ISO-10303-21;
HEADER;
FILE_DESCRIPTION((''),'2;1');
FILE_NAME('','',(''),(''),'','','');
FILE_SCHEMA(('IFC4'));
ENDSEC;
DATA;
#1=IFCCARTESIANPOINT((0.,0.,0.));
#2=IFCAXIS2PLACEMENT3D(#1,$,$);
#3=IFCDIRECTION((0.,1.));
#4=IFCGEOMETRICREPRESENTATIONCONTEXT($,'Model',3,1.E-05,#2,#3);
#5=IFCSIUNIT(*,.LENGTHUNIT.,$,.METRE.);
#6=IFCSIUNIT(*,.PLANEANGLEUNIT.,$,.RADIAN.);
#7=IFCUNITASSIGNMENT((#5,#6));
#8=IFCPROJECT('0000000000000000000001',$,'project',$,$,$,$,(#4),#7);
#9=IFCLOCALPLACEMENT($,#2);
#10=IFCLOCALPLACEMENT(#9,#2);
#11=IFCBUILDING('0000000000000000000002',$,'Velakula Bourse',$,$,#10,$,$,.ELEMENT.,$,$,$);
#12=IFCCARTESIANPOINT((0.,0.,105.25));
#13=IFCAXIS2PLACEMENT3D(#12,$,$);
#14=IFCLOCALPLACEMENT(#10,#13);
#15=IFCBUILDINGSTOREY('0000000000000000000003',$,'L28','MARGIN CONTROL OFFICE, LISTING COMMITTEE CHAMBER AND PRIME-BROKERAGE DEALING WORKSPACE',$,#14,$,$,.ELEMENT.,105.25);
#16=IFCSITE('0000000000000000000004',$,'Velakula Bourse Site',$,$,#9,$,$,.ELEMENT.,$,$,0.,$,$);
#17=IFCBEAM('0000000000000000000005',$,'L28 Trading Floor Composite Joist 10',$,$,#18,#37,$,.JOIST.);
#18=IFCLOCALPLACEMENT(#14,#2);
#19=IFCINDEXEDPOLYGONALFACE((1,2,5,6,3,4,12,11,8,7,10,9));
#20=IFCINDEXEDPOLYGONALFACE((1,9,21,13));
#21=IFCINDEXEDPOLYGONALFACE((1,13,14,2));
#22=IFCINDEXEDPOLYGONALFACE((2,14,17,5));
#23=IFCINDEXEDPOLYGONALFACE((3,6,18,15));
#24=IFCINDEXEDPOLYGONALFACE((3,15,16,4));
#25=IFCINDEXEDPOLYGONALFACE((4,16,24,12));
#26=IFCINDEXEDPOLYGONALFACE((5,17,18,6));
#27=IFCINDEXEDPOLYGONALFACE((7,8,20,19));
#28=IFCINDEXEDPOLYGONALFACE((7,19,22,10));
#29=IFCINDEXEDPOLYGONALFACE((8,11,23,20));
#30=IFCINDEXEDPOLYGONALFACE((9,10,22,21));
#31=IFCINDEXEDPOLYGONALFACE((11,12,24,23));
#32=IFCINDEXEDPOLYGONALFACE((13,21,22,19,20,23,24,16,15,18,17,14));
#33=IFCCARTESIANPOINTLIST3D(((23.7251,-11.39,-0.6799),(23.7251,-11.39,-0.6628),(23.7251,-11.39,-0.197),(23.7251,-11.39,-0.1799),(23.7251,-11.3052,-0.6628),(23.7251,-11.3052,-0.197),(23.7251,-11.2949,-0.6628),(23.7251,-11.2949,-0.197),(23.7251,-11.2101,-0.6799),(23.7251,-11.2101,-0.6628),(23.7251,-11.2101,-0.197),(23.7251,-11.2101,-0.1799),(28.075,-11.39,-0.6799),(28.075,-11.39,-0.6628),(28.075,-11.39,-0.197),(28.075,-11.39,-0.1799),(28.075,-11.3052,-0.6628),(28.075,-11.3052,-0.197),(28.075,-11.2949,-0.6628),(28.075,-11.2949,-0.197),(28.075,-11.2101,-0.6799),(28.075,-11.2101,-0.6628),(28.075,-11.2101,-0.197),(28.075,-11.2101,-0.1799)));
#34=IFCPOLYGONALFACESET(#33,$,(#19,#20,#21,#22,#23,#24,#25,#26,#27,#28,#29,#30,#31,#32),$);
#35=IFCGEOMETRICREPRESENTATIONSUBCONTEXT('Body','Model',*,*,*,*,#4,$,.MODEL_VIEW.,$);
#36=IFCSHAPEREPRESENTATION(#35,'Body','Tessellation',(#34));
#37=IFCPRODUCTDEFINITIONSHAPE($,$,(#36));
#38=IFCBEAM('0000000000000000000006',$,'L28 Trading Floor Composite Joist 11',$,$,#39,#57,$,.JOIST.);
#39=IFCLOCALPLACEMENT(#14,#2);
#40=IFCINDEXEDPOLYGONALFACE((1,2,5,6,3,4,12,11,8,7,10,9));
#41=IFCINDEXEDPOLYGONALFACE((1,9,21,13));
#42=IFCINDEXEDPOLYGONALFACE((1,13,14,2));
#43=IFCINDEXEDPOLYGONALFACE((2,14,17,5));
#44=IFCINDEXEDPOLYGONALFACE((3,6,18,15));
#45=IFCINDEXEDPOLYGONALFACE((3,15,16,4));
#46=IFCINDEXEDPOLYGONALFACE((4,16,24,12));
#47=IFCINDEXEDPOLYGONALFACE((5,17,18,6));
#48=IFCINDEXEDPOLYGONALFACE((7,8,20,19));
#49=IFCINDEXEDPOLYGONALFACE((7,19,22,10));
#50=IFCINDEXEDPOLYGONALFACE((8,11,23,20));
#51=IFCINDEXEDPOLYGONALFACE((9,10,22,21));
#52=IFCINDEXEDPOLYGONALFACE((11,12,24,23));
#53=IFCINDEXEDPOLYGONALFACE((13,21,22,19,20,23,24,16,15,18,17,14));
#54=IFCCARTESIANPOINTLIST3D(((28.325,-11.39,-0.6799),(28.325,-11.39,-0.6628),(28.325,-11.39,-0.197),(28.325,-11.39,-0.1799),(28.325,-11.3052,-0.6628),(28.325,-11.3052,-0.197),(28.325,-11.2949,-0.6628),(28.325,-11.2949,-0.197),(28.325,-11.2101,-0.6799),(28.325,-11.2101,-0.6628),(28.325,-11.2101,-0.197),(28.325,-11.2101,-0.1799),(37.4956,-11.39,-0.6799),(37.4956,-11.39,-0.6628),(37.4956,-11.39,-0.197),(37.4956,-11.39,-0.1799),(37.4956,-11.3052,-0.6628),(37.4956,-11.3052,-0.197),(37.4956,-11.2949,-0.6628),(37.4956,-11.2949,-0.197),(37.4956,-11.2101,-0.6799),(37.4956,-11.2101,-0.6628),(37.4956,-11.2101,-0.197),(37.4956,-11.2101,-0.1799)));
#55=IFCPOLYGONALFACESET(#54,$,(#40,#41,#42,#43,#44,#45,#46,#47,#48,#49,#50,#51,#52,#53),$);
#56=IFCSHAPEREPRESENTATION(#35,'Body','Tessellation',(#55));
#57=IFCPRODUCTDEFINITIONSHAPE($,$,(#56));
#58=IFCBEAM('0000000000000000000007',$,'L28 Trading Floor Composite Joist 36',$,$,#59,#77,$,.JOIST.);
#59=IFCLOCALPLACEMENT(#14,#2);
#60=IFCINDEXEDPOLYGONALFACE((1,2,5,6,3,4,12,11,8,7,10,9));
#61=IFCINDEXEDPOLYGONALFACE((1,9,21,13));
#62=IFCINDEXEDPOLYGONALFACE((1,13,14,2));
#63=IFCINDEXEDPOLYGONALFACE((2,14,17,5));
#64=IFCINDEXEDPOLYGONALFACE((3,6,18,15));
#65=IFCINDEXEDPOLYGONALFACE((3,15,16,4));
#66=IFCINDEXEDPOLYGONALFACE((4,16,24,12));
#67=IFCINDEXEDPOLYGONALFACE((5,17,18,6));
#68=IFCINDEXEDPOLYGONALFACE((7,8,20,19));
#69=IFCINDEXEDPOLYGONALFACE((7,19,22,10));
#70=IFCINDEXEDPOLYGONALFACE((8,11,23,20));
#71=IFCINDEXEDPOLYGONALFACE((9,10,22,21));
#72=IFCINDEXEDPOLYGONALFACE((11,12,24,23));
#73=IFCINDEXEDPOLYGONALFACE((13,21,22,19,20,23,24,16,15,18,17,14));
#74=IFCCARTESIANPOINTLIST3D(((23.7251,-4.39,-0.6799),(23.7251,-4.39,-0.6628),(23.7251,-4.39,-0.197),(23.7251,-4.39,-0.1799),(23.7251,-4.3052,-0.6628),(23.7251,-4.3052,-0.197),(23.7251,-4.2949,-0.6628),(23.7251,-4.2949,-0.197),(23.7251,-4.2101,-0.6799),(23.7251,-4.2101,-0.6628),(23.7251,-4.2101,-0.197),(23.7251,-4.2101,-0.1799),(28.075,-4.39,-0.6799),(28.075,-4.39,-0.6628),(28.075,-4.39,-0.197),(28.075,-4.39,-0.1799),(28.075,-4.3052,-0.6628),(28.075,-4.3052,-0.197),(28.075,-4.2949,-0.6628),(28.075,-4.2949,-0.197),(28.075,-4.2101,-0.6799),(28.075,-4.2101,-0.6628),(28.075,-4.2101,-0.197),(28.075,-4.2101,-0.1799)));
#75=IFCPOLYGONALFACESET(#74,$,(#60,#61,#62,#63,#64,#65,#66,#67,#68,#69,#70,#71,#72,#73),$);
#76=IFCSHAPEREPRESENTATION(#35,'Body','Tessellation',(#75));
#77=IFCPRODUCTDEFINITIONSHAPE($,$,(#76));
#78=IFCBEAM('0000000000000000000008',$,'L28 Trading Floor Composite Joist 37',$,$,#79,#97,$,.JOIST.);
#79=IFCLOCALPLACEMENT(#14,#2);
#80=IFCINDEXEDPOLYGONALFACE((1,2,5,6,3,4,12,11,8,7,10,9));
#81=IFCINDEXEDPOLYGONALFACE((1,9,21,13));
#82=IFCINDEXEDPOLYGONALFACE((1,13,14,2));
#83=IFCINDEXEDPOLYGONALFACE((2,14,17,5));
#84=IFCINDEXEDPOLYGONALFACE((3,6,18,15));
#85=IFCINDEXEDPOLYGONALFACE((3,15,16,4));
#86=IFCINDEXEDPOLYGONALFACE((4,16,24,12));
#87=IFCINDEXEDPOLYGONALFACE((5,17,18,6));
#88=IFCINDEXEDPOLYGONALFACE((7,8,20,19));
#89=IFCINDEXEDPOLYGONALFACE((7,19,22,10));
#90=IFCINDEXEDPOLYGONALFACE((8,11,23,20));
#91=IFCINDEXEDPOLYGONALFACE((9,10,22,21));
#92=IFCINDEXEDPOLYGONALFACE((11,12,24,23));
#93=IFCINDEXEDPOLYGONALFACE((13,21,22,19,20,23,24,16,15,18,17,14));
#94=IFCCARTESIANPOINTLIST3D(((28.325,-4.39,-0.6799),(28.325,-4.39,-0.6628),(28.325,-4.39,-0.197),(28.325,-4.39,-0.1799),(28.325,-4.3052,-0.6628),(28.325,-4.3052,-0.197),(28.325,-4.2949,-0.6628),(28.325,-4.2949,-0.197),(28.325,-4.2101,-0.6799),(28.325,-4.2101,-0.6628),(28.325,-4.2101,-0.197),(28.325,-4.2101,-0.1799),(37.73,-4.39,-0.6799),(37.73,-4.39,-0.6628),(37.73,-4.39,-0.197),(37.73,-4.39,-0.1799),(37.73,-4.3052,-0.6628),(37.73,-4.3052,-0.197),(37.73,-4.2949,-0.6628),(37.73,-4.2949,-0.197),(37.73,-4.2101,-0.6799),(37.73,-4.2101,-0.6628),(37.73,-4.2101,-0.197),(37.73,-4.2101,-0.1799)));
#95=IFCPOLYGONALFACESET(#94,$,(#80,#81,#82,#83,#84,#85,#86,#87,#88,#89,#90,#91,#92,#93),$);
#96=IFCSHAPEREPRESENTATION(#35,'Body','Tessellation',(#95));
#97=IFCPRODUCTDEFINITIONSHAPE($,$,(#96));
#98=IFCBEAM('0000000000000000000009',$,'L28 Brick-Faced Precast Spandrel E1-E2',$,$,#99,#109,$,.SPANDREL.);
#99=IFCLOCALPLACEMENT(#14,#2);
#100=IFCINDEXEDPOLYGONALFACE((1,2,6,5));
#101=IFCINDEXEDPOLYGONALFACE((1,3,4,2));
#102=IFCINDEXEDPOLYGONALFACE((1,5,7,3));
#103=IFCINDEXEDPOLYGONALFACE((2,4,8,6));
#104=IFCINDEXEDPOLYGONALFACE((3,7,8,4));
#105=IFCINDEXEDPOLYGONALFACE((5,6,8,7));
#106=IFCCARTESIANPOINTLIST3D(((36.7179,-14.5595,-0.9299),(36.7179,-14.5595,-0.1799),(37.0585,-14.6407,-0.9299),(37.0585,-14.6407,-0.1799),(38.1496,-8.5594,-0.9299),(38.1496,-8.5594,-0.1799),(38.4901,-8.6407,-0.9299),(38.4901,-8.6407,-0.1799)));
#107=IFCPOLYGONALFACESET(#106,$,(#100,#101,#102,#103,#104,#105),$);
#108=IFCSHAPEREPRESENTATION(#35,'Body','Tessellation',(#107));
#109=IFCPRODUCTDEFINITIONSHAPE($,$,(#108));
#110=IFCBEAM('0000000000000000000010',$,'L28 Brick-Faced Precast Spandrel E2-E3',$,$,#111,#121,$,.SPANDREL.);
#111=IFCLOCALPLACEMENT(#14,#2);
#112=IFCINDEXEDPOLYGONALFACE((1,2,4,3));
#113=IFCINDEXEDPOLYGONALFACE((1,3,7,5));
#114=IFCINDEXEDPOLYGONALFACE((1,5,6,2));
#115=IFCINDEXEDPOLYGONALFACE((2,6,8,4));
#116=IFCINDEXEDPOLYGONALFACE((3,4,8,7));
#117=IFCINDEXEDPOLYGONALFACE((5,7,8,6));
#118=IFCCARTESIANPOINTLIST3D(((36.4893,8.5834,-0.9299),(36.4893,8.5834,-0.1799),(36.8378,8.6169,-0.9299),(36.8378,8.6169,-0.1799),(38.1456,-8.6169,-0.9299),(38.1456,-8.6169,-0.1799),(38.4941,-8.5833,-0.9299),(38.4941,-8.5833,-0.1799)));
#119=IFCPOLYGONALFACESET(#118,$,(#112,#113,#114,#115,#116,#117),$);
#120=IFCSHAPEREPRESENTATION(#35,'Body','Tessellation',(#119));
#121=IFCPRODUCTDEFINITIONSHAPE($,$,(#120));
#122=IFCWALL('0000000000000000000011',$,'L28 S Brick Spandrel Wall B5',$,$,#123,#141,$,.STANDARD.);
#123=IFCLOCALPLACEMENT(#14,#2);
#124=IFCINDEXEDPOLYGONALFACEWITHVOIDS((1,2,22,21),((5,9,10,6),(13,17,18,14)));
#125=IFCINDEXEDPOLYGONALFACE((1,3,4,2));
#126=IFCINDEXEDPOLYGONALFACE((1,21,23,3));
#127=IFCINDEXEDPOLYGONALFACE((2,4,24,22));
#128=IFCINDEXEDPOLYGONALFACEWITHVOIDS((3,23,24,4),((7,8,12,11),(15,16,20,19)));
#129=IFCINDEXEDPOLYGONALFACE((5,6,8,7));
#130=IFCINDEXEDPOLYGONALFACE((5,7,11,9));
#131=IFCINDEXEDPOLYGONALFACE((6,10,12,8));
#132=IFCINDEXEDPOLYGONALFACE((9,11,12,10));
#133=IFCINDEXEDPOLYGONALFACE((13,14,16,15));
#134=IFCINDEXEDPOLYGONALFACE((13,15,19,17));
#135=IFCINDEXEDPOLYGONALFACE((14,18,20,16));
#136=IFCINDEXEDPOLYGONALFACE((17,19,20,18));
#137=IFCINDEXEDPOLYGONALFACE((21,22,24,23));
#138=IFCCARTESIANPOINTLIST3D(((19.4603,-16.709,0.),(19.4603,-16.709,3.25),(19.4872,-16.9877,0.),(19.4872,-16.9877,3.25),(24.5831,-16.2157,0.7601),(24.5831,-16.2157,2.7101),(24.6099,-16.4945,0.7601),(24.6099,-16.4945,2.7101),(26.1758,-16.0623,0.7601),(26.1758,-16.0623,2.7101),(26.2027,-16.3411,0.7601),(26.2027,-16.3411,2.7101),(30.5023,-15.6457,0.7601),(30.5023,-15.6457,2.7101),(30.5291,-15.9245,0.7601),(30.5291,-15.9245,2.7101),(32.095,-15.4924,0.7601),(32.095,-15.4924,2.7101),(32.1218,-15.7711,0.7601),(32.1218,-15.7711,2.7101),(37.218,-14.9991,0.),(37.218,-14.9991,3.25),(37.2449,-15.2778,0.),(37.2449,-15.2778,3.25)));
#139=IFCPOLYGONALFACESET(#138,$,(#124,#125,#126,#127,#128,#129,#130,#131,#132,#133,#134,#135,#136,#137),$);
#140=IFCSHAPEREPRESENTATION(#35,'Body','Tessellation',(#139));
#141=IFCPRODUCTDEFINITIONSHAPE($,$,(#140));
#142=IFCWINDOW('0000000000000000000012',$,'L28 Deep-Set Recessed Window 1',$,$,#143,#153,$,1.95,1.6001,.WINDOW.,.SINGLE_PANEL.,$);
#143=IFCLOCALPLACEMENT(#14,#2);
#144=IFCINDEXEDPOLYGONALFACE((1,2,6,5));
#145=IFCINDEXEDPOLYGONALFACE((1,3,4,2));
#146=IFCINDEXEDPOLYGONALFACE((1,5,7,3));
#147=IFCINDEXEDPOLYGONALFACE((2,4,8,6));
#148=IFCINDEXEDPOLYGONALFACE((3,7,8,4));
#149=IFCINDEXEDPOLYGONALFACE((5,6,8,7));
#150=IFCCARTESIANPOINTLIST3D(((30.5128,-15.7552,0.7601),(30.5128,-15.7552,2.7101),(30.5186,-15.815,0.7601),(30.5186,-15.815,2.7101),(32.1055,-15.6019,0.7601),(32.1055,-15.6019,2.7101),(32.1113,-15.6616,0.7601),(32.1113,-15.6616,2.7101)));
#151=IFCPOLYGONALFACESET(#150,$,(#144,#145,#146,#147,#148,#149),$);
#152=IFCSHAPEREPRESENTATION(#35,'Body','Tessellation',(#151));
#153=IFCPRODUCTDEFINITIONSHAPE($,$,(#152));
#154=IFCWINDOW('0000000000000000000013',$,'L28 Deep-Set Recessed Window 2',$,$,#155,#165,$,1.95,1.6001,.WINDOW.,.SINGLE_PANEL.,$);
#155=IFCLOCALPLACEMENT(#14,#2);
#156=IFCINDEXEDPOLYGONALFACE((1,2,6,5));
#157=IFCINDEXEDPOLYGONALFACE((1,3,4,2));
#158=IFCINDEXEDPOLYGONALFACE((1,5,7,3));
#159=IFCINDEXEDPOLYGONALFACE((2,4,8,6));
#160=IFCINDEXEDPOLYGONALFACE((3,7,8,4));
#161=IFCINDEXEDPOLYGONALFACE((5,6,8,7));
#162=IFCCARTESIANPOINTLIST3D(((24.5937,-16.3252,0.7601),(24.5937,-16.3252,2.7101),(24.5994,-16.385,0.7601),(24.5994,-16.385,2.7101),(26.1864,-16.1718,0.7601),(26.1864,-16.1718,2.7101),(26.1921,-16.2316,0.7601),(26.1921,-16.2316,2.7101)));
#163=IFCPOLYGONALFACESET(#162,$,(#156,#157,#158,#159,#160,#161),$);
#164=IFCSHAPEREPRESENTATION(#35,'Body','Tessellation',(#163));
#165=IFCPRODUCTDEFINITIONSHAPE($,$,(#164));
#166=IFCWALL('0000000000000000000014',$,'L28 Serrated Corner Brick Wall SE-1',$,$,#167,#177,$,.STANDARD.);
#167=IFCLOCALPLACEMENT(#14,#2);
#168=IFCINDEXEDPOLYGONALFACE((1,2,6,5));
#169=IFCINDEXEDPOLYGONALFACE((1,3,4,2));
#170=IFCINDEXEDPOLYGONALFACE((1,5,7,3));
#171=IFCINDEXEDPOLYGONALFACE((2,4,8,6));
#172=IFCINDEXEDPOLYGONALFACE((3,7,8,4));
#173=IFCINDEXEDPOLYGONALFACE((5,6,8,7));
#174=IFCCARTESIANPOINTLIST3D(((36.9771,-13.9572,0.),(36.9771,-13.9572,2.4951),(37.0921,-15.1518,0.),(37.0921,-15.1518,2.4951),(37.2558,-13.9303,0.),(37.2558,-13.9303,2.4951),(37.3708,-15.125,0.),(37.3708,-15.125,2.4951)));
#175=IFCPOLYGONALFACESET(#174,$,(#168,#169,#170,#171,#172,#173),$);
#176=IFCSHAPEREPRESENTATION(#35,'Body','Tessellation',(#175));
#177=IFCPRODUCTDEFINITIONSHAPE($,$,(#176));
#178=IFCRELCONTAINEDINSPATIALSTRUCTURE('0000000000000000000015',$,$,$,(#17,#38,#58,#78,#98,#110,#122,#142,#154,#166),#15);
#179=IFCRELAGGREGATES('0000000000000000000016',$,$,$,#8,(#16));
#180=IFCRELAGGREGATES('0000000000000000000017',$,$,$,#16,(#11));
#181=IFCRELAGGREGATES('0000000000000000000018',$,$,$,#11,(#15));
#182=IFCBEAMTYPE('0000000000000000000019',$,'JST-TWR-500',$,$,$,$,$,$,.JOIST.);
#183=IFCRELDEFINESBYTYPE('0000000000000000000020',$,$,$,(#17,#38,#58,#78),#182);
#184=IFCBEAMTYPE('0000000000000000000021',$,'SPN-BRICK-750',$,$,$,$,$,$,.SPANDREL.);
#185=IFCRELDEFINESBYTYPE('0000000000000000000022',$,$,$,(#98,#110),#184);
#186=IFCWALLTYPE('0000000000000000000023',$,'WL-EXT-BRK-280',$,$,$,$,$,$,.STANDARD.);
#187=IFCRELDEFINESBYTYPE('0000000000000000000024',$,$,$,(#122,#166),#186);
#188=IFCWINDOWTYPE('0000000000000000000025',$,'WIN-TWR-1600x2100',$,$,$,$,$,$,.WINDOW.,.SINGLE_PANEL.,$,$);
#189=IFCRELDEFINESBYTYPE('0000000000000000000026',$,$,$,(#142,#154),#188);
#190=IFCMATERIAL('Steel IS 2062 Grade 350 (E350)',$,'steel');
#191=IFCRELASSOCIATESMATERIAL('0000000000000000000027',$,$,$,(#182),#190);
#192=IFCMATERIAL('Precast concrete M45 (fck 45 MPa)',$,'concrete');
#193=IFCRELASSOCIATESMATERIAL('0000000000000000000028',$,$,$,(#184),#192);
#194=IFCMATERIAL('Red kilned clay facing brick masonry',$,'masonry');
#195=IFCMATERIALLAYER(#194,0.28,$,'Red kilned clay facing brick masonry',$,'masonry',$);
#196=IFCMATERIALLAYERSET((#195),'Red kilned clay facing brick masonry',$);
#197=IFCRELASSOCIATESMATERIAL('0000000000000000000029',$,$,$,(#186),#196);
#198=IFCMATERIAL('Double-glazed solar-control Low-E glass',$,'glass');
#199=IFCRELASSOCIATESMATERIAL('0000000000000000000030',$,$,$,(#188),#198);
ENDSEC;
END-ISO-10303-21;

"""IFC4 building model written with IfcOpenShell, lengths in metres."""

from ifc_helpers import new_model, si_unit, direction, frame, frame_2d, origin, origin_2d, place, context, subcontext, project, spatial, rectangle, i_section, extrude, material, layer, layer_set, material_profile, profile_set, type_object, element, fill, save


model = new_model("IFC4")

# Units and contexts
model_context = context("Model", 3, precision=1e-05, world=origin(), true_north=direction((0.0, 1.0)))
body_context = subcontext(model_context, "Body", "Model", "MODEL_VIEW")
ifc_project = project(units=[si_unit("LENGTHUNIT", "METRE"), si_unit("PLANEANGLEUNIT", "RADIAN")], contexts=[model_context])

# Site, building, storey
site_placement = place(None, origin())
site = spatial("IfcSite", under=ifc_project, at=site_placement, Name="Velakula Bourse Site", CompositionType="ELEMENT", RefElevation=0.0)
building_placement = place(site_placement, origin())
building = spatial("IfcBuilding", under=site, at=building_placement, Name="Velakula Bourse", CompositionType="ELEMENT")
storey_placement = place(building_placement, frame((0.0, 0.0, 105.25)))
storey = spatial("IfcBuildingStorey", under=building, at=storey_placement, Name="L28", Description="MARGIN CONTROL OFFICE, LISTING COMMITTEE CHAMBER AND PRIME-BROKERAGE DEALING WORKSPACE", CompositionType="ELEMENT", Elevation=105.25)

# Beams
ifc_material_1 = material(Name="Steel IS 2062 Grade 350 (E350)", Category="steel")
ifc_material_profile_1 = material_profile(ifc_material_1, i_section(OverallWidth=0.1799, OverallDepth=0.5, WebThickness=0.0103, FlangeThickness=0.0171, at=origin_2d()), Name="Steel IS 2062 Grade 350 (E350)")
ifc_profile_set_1 = profile_set([ifc_material_profile_1], Name="Steel IS 2062 Grade 350 (E350)")
beam_type_1 = type_object("IfcBeamType", Name="JST-TWR-500", PredefinedType="JOIST", material=ifc_profile_set_1)
beam_1_placement = place(storey_placement, frame((23.7251, -11.3, -0.4299), z_axis=(1.0, 0.0, 0.0), x_axis=(0.0, 1.0, 0.0)))
element("IfcBeam", 1, at=beam_1_placement, inside=storey, type_object=beam_type_1, Name="L28 Trading Floor Composite Joist 10", PredefinedType="JOIST", context=body_context, shape_type="SweptSolid", body=[
    extrude(i_section(OverallWidth=0.1799, OverallDepth=0.5, WebThickness=0.0103, FlangeThickness=0.0171, at=origin_2d()), origin(), (0.0, 0.0, 1.0), 4.3499),
])
beam_2_placement = place(storey_placement, frame((28.325, -11.3, -0.4299), z_axis=(1.0, 0.0, 0.0), x_axis=(0.0, 1.0, 0.0)))
element("IfcBeam", 2, at=beam_2_placement, inside=storey, type_object=beam_type_1, Name="L28 Trading Floor Composite Joist 11", PredefinedType="JOIST", context=body_context, shape_type="SweptSolid", body=[
    extrude(i_section(OverallWidth=0.1799, OverallDepth=0.5, WebThickness=0.0103, FlangeThickness=0.0171, at=origin_2d()), origin(), (0.0, 0.0, 1.0), 9.1707),
])
beam_3_placement = place(storey_placement, frame((23.7251, -4.3, -0.4299), z_axis=(1.0, 0.0, 0.0), x_axis=(0.0, 1.0, 0.0)))
element("IfcBeam", 3, at=beam_3_placement, inside=storey, type_object=beam_type_1, Name="L28 Trading Floor Composite Joist 36", PredefinedType="JOIST", context=body_context, shape_type="SweptSolid", body=[
    extrude(i_section(OverallWidth=0.1799, OverallDepth=0.5, WebThickness=0.0103, FlangeThickness=0.0171, at=origin_2d()), origin(), (0.0, 0.0, 1.0), 4.3499),
])
beam_4_placement = place(storey_placement, frame((28.325, -4.3, -0.4299), z_axis=(1.0, 0.0, 0.0), x_axis=(0.0, 1.0, 0.0)))
element("IfcBeam", 4, at=beam_4_placement, inside=storey, type_object=beam_type_1, Name="L28 Trading Floor Composite Joist 37", PredefinedType="JOIST", context=body_context, shape_type="SweptSolid", body=[
    extrude(i_section(OverallWidth=0.1799, OverallDepth=0.5, WebThickness=0.0103, FlangeThickness=0.0171, at=origin_2d()), origin(), (0.0, 0.0, 1.0), 9.405),
])
ifc_material_2 = material(Name="Precast concrete M45 (fck 45 MPa)", Category="concrete")
ifc_material_profile_2 = material_profile(ifc_material_2, rectangle(XDim=0.3501, YDim=0.75, at=origin_2d()), Name="Precast concrete M45 (fck 45 MPa)")
ifc_profile_set_2 = profile_set([ifc_material_profile_2], Name="Precast concrete M45 (fck 45 MPa)")
beam_type_2 = type_object("IfcBeamType", Name="SPN-BRICK-750", PredefinedType="SPANDREL", material=ifc_profile_set_2)
beam_5_placement = place(storey_placement, frame((36.8882, -14.6001, -0.5549), z_axis=(0.232091, 0.972694, 0.0), x_axis=(-0.972694, 0.232091, 0.0)))
element("IfcBeam", 5, at=beam_5_placement, inside=storey, type_object=beam_type_2, Name="L28 Brick-Faced Precast Spandrel E1-E2", PredefinedType="SPANDREL", context=body_context, shape_type="SweptSolid", body=[
    extrude(rectangle(XDim=0.3501, YDim=0.75, at=origin_2d()), origin(), (0.0, 0.0, 1.0), 6.1685),
])
beam_6_placement = place(storey_placement, frame((38.3198, -8.6001, -0.5549), z_axis=(-0.095849, 0.995396, 0.0), x_axis=(-0.995396, -0.095849, 0.0)))
element("IfcBeam", 6, at=beam_6_placement, inside=storey, type_object=beam_type_2, Name="L28 Brick-Faced Precast Spandrel E2-E3", PredefinedType="SPANDREL", context=body_context, shape_type="SweptSolid", body=[
    extrude(rectangle(XDim=0.3501, YDim=0.75, at=origin_2d()), origin(), (0.0, 0.0, 1.0), 17.2798),
])

# Wall, openings, windows
ifc_material_3 = material(Name="Red kilned clay facing brick masonry", Category="masonry")
ifc_layer_1 = layer(ifc_material_3, 0.28, Name="Red kilned clay facing brick masonry", Category="masonry")
ifc_layer_set_1 = layer_set([ifc_layer_1], Name="Red kilned clay facing brick masonry")
wall_type_1 = type_object("IfcWallType", Name="WL-EXT-BRK-280", PredefinedType="STANDARD", material=ifc_layer_set_1)
wall_1_placement = place(storey_placement, frame((37.2314, -15.1384, 0.0), z_axis=(0.0, 0.0, 1.0), x_axis=(-0.995396, -0.09585, 0.0)))
wall_1 = element("IfcWall", 7, at=wall_1_placement, inside=storey, type_object=wall_type_1, Name="L28 S Brick Spandrel Wall B5", PredefinedType="STANDARD", context=body_context, shape_type="SweptSolid", body=[
    extrude(rectangle(XDim=17.8398, YDim=0.28, at=frame_2d((8.9199, 0.0))), origin(), (0.0, 0.0, 1.0), 3.25),
])
opening_1_placement = place(wall_1_placement, frame((5.1467, 0.0, 0.76)))
opening_1 = element("IfcOpeningElement", 8, at=opening_1_placement, cuts=wall_1, PredefinedType="OPENING", context=body_context, shape_type="SweptSolid", body=[
    extrude(rectangle(XDim=1.6001, YDim=1.95, at=frame_2d((0.8, 0.9751))), frame((0.0, 0.1499, 0.0), z_axis=(0.0, -1.0, 0.0), x_axis=(1.0, 0.0, 0.0)), (0.0, 0.0, 1.0), 0.3),
])
opening_2_placement = place(wall_1_placement, frame((11.0933, 0.0, 0.76)))
opening_2 = element("IfcOpeningElement", 9, at=opening_2_placement, cuts=wall_1, PredefinedType="OPENING", context=body_context, shape_type="SweptSolid", body=[
    extrude(rectangle(XDim=1.6001, YDim=1.95, at=frame_2d((0.8, 0.9751))), frame((0.0, 0.1499, 0.0), z_axis=(0.0, -1.0, 0.0), x_axis=(1.0, 0.0, 0.0)), (0.0, 0.0, 1.0), 0.3),
])
ifc_material_4 = material(Name="Double-glazed solar-control Low-E glass", Category="glass")
window_type = type_object("IfcWindowType", Name="WIN-TWR-1600x2100", PartitioningType="SINGLE_PANEL", PredefinedType="WINDOW", material=ifc_material_4)
window_1_placement = place(opening_1_placement, origin())
window_1 = element("IfcWindow", 10, at=window_1_placement, inside=storey, type_object=window_type, Name="L28 Deep-Set Recessed Window 1", OverallHeight=1.95, OverallWidth=1.6001, PartitioningType="SINGLE_PANEL", PredefinedType="WINDOW", context=body_context, shape_type="SweptSolid", body=[
    extrude(rectangle(XDim=1.6001, YDim=1.95, at=frame_2d((0.8, 0.9751))), frame((0.0, 0.03, 0.0), z_axis=(0.0, -1.0, 0.0), x_axis=(1.0, 0.0, 0.0)), (0.0, 0.0, 1.0), 0.0601),
])
fill(opening_1, window_1)
window_2_placement = place(opening_2_placement, origin())
window_2 = element("IfcWindow", 11, at=window_2_placement, inside=storey, type_object=window_type, Name="L28 Deep-Set Recessed Window 2", OverallHeight=1.95, OverallWidth=1.6001, PartitioningType="SINGLE_PANEL", PredefinedType="WINDOW", context=body_context, shape_type="SweptSolid", body=[
    extrude(rectangle(XDim=1.6001, YDim=1.95, at=frame_2d((0.8, 0.9751))), frame((0.0, 0.03, 0.0), z_axis=(0.0, -1.0, 0.0), x_axis=(1.0, 0.0, 0.0)), (0.0, 0.0, 1.0), 0.0601),
])
fill(opening_2, window_2)

# Wall
for number, where, z_axis, x_axis, name in (
    (12, (37.2314, -15.1384, 0.0), (0.0, 0.0, 1.0), (-0.095817, 0.995399, 0.0), "L28 Serrated Corner Brick Wall SE-1"),
):
    element("IfcWall", number, at=place(storey_placement, frame(where, z_axis=z_axis, x_axis=x_axis)), inside=storey, type_object=wall_type_1, Name=name, PredefinedType="STANDARD", context=body_context, shape_type="SweptSolid", body=[
        extrude(rectangle(XDim=1.2002, YDim=0.28, at=frame_2d((0.6001, 0.0))), origin(), (0.0, 0.0, 1.0), 2.4951),
    ])

save(model, "model.ifc")
